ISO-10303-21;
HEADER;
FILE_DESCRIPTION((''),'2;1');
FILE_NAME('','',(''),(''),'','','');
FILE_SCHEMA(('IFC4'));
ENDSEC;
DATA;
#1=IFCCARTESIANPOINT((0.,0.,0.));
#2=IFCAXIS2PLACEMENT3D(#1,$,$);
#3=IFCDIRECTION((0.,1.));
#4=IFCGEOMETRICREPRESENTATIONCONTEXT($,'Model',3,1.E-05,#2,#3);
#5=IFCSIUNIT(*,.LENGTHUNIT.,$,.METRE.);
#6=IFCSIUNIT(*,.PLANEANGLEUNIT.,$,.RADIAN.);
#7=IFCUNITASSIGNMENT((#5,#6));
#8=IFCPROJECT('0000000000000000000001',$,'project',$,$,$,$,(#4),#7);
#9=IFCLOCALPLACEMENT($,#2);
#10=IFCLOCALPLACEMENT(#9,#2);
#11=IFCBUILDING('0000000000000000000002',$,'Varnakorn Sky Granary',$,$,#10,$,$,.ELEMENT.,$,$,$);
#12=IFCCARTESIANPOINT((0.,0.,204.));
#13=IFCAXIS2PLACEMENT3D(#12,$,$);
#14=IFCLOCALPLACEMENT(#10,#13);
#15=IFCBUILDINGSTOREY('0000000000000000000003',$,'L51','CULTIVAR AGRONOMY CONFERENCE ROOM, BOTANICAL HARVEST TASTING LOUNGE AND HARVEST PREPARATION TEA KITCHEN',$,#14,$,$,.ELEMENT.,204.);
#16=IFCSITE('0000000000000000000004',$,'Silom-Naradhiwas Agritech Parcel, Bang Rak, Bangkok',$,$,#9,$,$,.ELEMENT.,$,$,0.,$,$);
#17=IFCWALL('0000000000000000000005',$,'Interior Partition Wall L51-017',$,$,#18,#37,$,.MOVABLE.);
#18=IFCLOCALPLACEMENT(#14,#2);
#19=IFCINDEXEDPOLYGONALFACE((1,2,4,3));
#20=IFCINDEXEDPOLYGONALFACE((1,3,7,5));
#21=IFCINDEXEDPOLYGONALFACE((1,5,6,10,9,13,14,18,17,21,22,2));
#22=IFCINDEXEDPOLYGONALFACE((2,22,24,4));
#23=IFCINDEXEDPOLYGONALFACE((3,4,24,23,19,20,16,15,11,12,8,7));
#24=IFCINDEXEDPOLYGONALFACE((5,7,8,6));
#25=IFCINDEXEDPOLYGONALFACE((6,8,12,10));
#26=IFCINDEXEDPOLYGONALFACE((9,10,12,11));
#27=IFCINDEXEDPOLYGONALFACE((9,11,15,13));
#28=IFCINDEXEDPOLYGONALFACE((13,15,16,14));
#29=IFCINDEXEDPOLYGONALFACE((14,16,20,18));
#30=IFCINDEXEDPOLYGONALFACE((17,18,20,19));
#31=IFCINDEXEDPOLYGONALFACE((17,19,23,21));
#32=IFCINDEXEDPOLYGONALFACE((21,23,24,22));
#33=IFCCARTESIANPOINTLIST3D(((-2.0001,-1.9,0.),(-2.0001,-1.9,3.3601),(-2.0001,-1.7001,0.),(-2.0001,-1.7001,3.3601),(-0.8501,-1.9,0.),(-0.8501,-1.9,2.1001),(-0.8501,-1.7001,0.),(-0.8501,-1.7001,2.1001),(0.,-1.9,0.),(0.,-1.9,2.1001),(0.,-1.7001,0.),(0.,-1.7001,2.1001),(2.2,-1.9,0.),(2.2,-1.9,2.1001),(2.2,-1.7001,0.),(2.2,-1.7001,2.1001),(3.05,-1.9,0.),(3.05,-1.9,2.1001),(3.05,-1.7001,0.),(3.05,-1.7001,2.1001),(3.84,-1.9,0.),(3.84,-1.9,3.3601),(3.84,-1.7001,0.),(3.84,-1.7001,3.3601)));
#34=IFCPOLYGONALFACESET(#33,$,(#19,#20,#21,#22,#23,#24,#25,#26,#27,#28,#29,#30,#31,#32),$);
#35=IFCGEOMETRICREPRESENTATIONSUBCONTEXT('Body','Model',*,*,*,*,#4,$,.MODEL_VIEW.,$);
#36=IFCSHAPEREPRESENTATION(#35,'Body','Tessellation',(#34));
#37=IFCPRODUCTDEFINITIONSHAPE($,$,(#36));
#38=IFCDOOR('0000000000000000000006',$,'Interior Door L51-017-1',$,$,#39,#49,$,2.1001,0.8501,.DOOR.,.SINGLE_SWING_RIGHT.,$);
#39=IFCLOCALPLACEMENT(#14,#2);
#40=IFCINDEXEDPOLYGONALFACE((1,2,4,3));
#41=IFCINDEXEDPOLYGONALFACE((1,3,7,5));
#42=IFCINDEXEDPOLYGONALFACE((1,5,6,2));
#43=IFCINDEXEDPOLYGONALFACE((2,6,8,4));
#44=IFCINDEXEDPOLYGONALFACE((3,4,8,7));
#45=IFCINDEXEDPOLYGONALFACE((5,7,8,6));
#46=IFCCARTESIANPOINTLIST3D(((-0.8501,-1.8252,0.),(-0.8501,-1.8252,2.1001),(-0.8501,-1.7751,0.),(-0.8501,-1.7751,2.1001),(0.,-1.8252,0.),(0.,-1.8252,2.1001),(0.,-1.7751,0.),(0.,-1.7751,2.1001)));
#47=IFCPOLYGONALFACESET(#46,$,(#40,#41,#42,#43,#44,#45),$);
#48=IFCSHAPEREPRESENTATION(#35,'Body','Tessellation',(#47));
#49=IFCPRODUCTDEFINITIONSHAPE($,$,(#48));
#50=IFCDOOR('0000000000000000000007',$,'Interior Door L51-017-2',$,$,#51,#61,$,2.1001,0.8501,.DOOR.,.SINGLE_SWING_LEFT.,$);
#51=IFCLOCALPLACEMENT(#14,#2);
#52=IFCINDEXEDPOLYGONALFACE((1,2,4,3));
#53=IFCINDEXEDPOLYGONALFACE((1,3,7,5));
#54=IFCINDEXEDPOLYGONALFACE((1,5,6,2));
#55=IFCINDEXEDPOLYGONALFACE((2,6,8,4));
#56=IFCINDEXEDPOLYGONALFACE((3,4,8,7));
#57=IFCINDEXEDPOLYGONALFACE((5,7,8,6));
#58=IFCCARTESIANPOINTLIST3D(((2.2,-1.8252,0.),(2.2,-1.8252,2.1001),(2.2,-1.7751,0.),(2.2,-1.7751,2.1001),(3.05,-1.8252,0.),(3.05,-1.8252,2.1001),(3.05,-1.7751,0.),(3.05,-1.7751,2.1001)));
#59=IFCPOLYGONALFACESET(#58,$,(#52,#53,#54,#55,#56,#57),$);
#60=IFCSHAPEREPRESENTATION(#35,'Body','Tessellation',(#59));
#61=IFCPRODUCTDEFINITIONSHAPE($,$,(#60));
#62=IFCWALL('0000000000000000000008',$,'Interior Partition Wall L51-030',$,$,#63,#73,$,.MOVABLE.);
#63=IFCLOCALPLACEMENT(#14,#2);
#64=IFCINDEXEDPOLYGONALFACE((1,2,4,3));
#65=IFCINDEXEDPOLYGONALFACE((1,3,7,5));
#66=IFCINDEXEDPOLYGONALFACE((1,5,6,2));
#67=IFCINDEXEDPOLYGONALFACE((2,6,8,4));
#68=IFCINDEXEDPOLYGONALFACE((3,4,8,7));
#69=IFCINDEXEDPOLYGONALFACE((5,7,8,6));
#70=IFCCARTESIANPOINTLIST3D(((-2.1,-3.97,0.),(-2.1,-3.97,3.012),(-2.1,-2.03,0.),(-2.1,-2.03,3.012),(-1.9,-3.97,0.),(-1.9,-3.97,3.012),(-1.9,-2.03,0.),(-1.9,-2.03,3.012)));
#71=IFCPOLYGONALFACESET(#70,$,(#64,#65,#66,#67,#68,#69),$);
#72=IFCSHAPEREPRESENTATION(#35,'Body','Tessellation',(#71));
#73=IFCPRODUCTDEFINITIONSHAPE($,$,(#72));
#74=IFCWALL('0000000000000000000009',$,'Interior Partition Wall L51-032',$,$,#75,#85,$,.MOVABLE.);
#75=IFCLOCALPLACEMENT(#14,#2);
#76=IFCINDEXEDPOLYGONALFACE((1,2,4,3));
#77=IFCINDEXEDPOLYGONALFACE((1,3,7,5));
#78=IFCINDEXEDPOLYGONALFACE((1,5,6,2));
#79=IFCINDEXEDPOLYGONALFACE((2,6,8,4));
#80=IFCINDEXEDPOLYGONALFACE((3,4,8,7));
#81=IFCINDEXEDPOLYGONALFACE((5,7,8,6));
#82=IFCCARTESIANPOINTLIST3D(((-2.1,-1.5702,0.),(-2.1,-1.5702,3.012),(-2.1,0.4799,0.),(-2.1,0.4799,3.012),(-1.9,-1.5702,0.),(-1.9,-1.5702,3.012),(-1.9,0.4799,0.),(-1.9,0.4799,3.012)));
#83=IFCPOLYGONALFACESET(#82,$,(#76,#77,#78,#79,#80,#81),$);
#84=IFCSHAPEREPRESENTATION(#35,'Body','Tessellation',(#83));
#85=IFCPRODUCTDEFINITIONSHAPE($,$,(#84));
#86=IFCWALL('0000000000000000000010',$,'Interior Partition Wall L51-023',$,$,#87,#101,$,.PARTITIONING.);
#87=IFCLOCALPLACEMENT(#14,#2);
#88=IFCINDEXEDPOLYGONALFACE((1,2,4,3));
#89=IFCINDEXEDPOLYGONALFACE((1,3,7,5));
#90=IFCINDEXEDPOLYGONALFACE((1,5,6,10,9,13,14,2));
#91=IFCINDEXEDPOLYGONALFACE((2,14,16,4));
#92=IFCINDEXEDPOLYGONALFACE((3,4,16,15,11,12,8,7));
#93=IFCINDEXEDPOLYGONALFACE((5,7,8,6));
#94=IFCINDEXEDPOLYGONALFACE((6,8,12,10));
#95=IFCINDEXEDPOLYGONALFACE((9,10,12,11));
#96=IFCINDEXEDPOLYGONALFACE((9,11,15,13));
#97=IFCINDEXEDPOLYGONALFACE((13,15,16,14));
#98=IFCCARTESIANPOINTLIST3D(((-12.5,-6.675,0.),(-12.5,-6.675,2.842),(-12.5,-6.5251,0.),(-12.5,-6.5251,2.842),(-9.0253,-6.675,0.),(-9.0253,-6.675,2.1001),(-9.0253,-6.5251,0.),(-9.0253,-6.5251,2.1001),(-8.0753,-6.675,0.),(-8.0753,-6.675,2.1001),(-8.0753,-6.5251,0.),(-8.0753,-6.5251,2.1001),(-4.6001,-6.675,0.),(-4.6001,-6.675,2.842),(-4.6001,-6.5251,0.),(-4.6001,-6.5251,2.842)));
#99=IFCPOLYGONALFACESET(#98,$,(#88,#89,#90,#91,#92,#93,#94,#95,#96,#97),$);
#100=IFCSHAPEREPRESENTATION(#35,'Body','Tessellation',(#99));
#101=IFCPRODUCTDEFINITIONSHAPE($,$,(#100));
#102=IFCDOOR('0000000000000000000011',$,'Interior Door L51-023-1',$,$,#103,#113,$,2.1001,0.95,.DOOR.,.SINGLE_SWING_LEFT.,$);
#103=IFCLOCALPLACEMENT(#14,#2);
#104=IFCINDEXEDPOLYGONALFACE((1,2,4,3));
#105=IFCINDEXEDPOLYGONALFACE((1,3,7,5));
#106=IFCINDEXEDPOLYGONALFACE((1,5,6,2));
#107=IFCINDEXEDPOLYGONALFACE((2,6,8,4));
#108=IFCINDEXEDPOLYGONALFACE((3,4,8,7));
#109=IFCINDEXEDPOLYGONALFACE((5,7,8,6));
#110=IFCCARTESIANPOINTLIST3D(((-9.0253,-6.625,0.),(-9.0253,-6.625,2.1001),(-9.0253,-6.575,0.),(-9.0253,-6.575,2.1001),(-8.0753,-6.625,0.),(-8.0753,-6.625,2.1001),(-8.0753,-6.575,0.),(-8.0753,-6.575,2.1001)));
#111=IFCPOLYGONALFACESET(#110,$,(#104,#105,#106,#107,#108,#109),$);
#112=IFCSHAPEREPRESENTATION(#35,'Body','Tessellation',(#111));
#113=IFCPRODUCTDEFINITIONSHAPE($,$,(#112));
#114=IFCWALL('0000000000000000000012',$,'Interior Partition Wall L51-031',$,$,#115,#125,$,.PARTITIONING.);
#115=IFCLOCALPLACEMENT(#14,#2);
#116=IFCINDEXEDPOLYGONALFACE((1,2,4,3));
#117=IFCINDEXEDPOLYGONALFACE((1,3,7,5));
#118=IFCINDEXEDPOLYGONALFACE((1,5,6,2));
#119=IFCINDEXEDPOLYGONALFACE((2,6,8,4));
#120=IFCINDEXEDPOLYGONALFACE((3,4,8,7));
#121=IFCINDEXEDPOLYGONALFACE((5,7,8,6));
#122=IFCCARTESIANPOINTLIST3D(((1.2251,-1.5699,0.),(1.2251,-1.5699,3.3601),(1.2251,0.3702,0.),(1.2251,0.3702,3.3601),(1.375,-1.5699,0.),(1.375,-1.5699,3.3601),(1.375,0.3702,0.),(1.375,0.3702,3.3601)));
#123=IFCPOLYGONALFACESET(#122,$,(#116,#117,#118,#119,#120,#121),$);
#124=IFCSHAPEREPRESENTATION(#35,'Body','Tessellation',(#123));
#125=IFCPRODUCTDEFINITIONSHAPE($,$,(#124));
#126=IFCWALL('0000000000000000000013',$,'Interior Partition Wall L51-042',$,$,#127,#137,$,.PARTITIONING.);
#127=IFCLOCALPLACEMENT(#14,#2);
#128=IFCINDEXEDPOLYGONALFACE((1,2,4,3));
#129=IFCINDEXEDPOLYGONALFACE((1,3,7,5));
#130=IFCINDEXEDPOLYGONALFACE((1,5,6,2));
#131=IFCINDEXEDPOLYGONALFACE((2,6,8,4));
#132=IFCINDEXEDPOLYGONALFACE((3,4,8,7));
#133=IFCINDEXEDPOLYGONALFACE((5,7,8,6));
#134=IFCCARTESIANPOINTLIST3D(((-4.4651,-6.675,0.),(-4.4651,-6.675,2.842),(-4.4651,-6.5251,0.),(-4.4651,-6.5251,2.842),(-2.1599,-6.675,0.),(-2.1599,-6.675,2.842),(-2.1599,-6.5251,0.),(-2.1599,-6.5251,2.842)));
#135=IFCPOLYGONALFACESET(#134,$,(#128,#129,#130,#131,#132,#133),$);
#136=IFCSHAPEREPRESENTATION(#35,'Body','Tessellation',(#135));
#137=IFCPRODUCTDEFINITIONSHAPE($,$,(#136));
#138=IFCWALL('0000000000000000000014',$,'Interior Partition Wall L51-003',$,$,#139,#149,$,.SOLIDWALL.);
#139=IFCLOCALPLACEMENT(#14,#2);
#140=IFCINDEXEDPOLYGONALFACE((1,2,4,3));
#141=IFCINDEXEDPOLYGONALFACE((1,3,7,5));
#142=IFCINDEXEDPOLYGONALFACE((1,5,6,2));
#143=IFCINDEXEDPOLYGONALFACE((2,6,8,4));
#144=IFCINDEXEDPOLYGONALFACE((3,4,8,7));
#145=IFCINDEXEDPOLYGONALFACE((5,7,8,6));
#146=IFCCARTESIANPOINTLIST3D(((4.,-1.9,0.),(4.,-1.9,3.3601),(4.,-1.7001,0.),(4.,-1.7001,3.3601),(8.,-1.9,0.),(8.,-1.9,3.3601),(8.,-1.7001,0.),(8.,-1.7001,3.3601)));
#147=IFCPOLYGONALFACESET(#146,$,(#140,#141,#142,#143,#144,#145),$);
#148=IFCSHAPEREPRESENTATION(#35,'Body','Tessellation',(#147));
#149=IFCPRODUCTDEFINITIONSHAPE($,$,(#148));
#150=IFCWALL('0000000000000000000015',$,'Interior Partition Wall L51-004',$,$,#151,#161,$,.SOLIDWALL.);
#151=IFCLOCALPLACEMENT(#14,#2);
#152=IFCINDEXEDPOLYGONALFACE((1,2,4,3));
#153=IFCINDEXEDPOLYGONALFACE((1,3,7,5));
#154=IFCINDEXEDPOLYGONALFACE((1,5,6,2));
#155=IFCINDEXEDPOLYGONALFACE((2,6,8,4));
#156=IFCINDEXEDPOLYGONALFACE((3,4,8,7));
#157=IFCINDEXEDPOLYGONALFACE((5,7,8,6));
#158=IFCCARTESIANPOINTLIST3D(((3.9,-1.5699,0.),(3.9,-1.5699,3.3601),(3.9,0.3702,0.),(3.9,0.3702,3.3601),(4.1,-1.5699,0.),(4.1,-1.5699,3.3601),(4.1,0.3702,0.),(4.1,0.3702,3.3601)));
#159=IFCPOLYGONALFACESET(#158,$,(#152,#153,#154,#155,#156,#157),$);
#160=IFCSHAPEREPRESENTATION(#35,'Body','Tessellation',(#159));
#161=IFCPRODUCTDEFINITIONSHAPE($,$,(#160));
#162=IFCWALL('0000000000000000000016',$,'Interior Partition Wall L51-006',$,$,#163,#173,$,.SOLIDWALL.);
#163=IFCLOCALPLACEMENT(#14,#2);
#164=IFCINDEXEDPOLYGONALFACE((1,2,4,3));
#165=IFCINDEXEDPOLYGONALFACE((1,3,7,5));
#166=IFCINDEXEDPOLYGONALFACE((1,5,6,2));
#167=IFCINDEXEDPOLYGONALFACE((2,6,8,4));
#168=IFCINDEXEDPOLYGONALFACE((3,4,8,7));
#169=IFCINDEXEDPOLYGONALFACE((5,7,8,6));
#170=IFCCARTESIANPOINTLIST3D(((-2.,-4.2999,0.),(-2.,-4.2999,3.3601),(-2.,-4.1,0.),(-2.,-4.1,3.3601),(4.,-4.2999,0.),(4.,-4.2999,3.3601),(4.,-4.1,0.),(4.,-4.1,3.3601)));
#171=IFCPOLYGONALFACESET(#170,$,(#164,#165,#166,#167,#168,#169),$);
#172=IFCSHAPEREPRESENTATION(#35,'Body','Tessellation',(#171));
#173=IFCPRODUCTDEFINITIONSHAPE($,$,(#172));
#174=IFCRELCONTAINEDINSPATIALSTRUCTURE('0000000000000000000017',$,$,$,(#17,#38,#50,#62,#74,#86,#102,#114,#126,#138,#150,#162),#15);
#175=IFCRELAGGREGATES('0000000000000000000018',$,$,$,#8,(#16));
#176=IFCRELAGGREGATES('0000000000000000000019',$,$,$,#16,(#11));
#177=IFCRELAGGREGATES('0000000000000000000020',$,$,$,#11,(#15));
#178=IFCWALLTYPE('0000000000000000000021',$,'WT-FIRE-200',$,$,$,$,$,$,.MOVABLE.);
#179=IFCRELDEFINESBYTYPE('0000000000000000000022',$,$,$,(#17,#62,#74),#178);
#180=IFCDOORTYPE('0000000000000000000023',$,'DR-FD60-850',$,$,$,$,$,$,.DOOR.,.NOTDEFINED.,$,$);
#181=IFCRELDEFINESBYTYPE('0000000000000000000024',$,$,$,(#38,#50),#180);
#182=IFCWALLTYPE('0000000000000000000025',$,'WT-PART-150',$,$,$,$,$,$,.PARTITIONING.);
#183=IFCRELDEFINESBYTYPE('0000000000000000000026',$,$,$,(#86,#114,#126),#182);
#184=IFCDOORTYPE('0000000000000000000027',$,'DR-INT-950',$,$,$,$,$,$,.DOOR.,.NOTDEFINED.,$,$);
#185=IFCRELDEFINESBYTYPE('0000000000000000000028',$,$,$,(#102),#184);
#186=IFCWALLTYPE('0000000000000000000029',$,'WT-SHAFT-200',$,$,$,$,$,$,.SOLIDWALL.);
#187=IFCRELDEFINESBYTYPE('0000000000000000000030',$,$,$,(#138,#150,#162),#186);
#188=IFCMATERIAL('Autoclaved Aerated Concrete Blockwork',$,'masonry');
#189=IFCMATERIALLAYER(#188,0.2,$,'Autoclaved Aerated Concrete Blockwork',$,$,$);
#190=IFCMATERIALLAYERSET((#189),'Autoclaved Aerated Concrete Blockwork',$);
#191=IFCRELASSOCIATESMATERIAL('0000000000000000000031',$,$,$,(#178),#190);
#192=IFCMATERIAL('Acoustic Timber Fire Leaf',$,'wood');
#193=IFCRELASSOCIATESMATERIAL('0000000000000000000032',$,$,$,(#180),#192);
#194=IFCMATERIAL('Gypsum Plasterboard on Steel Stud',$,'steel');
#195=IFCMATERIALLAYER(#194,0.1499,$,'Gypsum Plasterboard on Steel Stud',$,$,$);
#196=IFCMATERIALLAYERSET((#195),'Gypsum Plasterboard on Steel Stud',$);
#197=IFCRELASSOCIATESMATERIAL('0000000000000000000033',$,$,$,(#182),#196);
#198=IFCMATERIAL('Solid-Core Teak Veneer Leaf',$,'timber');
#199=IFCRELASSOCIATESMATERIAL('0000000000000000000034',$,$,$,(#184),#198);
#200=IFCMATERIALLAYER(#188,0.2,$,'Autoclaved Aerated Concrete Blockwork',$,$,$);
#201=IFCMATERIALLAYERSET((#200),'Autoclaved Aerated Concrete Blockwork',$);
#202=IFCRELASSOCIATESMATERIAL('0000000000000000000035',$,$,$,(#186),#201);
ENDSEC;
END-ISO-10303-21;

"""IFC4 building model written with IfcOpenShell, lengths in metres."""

from ifc_helpers import new_model, si_unit, direction, frame, frame_2d, origin, place, context, subcontext, project, spatial, rectangle, extrude, material, layer, layer_set, type_object, element, fill, save


model = new_model("IFC4")

# Units and contexts
model_context = context("Model", 3, precision=1e-05, world=origin(), true_north=direction((0.0, 1.0)))
body_context = subcontext(model_context, "Body", "Model", "MODEL_VIEW")
ifc_project = project(units=[si_unit("LENGTHUNIT", "METRE"), si_unit("PLANEANGLEUNIT", "RADIAN")], contexts=[model_context])

# Site, building, storey
site_placement = place(None, origin())
site = spatial("IfcSite", under=ifc_project, at=site_placement, Name="Silom-Naradhiwas Agritech Parcel, Bang Rak, Bangkok", CompositionType="ELEMENT", RefElevation=0.0)
building_placement = place(site_placement, origin())
building = spatial("IfcBuilding", under=site, at=building_placement, Name="Varnakorn Sky Granary", CompositionType="ELEMENT")
storey_placement = place(building_placement, frame((0.0, 0.0, 204.0)))
storey = spatial("IfcBuildingStorey", under=building, at=storey_placement, Name="L51", Description="CULTIVAR AGRONOMY CONFERENCE ROOM, BOTANICAL HARVEST TASTING LOUNGE AND HARVEST PREPARATION TEA KITCHEN", CompositionType="ELEMENT", Elevation=204.0)

# Wall, openings, doors
ifc_material_1 = material(Name="Autoclaved Aerated Concrete Blockwork", Category="masonry")
ifc_layer_1 = layer(ifc_material_1, 0.2, Name="Autoclaved Aerated Concrete Blockwork")
ifc_layer_set_1 = layer_set([ifc_layer_1], Name="Autoclaved Aerated Concrete Blockwork")
wall_type_1 = type_object("IfcWallType", Name="WT-FIRE-200", PredefinedType="MOVABLE", material=ifc_layer_set_1)
wall_1_placement = place(storey_placement, frame((-2.0, -1.8, 0.0), z_axis=(0.0, 0.0, 1.0), x_axis=(1.0, 0.0, 0.0)))
wall_1 = element("IfcWall", 1, at=wall_1_placement, inside=storey, type_object=wall_type_1, Name="Interior Partition Wall L51-017", PredefinedType="MOVABLE", context=body_context, shape_type="SweptSolid", body=[
    extrude(rectangle(XDim=5.8401, YDim=0.2, at=frame_2d((2.9199, 0.0))), origin(), (0.0, 0.0, 1.0), 3.3601),
])
opening_1_placement = place(wall_1_placement, frame((1.1499, 0.0, 0.0)))
opening_1 = element("IfcOpeningElement", 2, at=opening_1_placement, cuts=wall_1, PredefinedType="OPENING", context=body_context, shape_type="SweptSolid", body=[
    extrude(rectangle(XDim=0.8501, YDim=2.1001, at=frame_2d((0.425, 1.05))), frame((0.0, 0.1099, 0.0), z_axis=(0.0, -1.0, 0.0), x_axis=(1.0, 0.0, 0.0)), (0.0, 0.0, 1.0), 0.22),
])
opening_2_placement = place(wall_1_placement, frame((4.2, 0.0, 0.0)))
opening_2 = element("IfcOpeningElement", 3, at=opening_2_placement, cuts=wall_1, PredefinedType="OPENING", context=body_context, shape_type="SweptSolid", body=[
    extrude(rectangle(XDim=0.8501, YDim=2.1001, at=frame_2d((0.425, 1.05))), frame((0.0, 0.1099, 0.0), z_axis=(0.0, -1.0, 0.0), x_axis=(1.0, 0.0, 0.0)), (0.0, 0.0, 1.0), 0.22),
])
ifc_material_2 = material(Name="Acoustic Timber Fire Leaf", Category="wood")
door_type_1 = type_object("IfcDoorType", Name="DR-FD60-850", OperationType="NOTDEFINED", PredefinedType="DOOR", material=ifc_material_2)
door_1_placement = place(opening_1_placement, origin())
door_1 = element("IfcDoor", 4, at=door_1_placement, inside=storey, type_object=door_type_1, Name="Interior Door L51-017-1", OperationType="SINGLE_SWING_RIGHT", OverallHeight=2.1001, OverallWidth=0.8501, PredefinedType="DOOR", context=body_context, shape_type="SweptSolid", body=[
    extrude(rectangle(XDim=0.8501, YDim=2.1001, at=frame_2d((0.425, 1.05))), frame((0.0, 0.0249, 0.0), z_axis=(0.0, -1.0, 0.0), x_axis=(1.0, 0.0, 0.0)), (0.0, 0.0, 1.0), 0.05),
])
fill(opening_1, door_1)
door_2_placement = place(opening_2_placement, origin())
door_2 = element("IfcDoor", 5, at=door_2_placement, inside=storey, type_object=door_type_1, Name="Interior Door L51-017-2", OperationType="SINGLE_SWING_LEFT", OverallHeight=2.1001, OverallWidth=0.8501, PredefinedType="DOOR", context=body_context, shape_type="SweptSolid", body=[
    extrude(rectangle(XDim=0.8501, YDim=2.1001, at=frame_2d((0.425, 1.05))), frame((0.0, 0.0249, 0.0), z_axis=(0.0, -1.0, 0.0), x_axis=(1.0, 0.0, 0.0)), (0.0, 0.0, 1.0), 0.05),
])
fill(opening_2, door_2)

# Walls
wall_2_placement = place(storey_placement, frame((-2.0, -3.97, 0.0), z_axis=(0.0, 0.0, 1.0), x_axis=(0.0, 1.0, 0.0)))
element("IfcWall", 6, at=wall_2_placement, inside=storey, type_object=wall_type_1, Name="Interior Partition Wall L51-030", PredefinedType="MOVABLE", context=body_context, shape_type="SweptSolid", body=[
    extrude(rectangle(XDim=1.9399, YDim=0.2, at=frame_2d((0.97, 0.0))), origin(), (0.0, 0.0, 1.0), 3.012),
])
wall_3_placement = place(storey_placement, frame((-2.0, -1.5701, 0.0), z_axis=(0.0, 0.0, 1.0), x_axis=(0.0, 1.0, 0.0)))
element("IfcWall", 7, at=wall_3_placement, inside=storey, type_object=wall_type_1, Name="Interior Partition Wall L51-032", PredefinedType="MOVABLE", context=body_context, shape_type="SweptSolid", body=[
    extrude(rectangle(XDim=2.05, YDim=0.2, at=frame_2d((1.0249, 0.0))), origin(), (0.0, 0.0, 1.0), 3.012),
])

# Wall, opening, door
ifc_material_3 = material(Name="Gypsum Plasterboard on Steel Stud", Category="steel")
ifc_layer_2 = layer(ifc_material_3, 0.1499, Name="Gypsum Plasterboard on Steel Stud")
ifc_layer_set_2 = layer_set([ifc_layer_2], Name="Gypsum Plasterboard on Steel Stud")
wall_type_2 = type_object("IfcWallType", Name="WT-PART-150", PredefinedType="PARTITIONING", material=ifc_layer_set_2)
wall_4_placement = place(storey_placement, frame((-4.6001, -6.6001, 0.0), z_axis=(0.0, 0.0, 1.0), x_axis=(-1.0, 0.0, 0.0)))
wall_4 = element("IfcWall", 8, at=wall_4_placement, inside=storey, type_object=wall_type_2, Name="Interior Partition Wall L51-023", PredefinedType="PARTITIONING", context=body_context, shape_type="SweptSolid", body=[
    extrude(rectangle(XDim=7.8999, YDim=0.1499, at=frame_2d((3.95, 0.0))), origin(), (0.0, 0.0, 1.0), 2.842),
])
opening_3_placement = place(wall_4_placement, frame((3.4751, 0.0, 0.0)))
opening_3 = element("IfcOpeningElement", 9, at=opening_3_placement, cuts=wall_4, PredefinedType="OPENING", context=body_context, shape_type="SweptSolid", body=[
    extrude(rectangle(XDim=0.95, YDim=2.1001, at=frame_2d((0.4751, 1.05))), frame((0.0, 0.085, 0.0), z_axis=(0.0, -1.0, 0.0), x_axis=(1.0, 0.0, 0.0)), (0.0, 0.0, 1.0), 0.1699),
])
ifc_material_4 = material(Name="Solid-Core Teak Veneer Leaf", Category="timber")
door_type_2 = type_object("IfcDoorType", Name="DR-INT-950", OperationType="NOTDEFINED", PredefinedType="DOOR", material=ifc_material_4)
door_3_placement = place(opening_3_placement, origin())
door_3 = element("IfcDoor", 10, at=door_3_placement, inside=storey, type_object=door_type_2, Name="Interior Door L51-023-1", OperationType="SINGLE_SWING_LEFT", OverallHeight=2.1001, OverallWidth=0.95, PredefinedType="DOOR", context=body_context, shape_type="SweptSolid", body=[
    extrude(rectangle(XDim=0.95, YDim=2.1001, at=frame_2d((0.4751, 1.05))), frame((0.0, 0.0249, 0.0), z_axis=(0.0, -1.0, 0.0), x_axis=(1.0, 0.0, 0.0)), (0.0, 0.0, 1.0), 0.05),
])
fill(opening_3, door_3)

# Walls
wall_5_placement = place(storey_placement, frame((1.3, -1.5701, 0.0), z_axis=(0.0, 0.0, 1.0), x_axis=(0.0, 1.0, 0.0)))
element("IfcWall", 11, at=wall_5_placement, inside=storey, type_object=wall_type_2, Name="Interior Partition Wall L51-031", PredefinedType="PARTITIONING", context=body_context, shape_type="SweptSolid", body=[
    extrude(rectangle(XDim=1.9402, YDim=0.1499, at=frame_2d((0.9702, 0.0))), origin(), (0.0, 0.0, 1.0), 3.3601),
])
wall_6_placement = place(storey_placement, frame((-2.1599, -6.6001, 0.0), z_axis=(0.0, 0.0, 1.0), x_axis=(-1.0, 0.0, 0.0)))
element("IfcWall", 12, at=wall_6_placement, inside=storey, type_object=wall_type_2, Name="Interior Partition Wall L51-042", PredefinedType="PARTITIONING", context=body_context, shape_type="SweptSolid", body=[
    extrude(rectangle(XDim=2.3052, YDim=0.1499, at=frame_2d((1.1526, 0.0))), origin(), (0.0, 0.0, 1.0), 2.842),
])
ifc_layer_3 = layer(ifc_material_1, 0.2, Name="Autoclaved Aerated Concrete Blockwork")
ifc_layer_set_3 = layer_set([ifc_layer_3], Name="Autoclaved Aerated Concrete Blockwork")
wall_type_3 = type_object("IfcWallType", Name="WT-SHAFT-200", PredefinedType="SOLIDWALL", material=ifc_layer_set_3)
wall_7_placement = place(storey_placement, frame((4.0, -1.8, 0.0), z_axis=(0.0, 0.0, 1.0), x_axis=(1.0, 0.0, 0.0)))
element("IfcWall", 13, at=wall_7_placement, inside=storey, type_object=wall_type_3, Name="Interior Partition Wall L51-003", PredefinedType="SOLIDWALL", context=body_context, shape_type="SweptSolid", body=[
    extrude(rectangle(XDim=4.0, YDim=0.2, at=frame_2d((2.0, 0.0))), origin(), (0.0, 0.0, 1.0), 3.3601),
])
wall_8_placement = place(storey_placement, frame((4.0, -1.5701, 0.0), z_axis=(0.0, 0.0, 1.0), x_axis=(0.0, 1.0, 0.0)))
element("IfcWall", 14, at=wall_8_placement, inside=storey, type_object=wall_type_3, Name="Interior Partition Wall L51-004", PredefinedType="SOLIDWALL", context=body_context, shape_type="SweptSolid", body=[
    extrude(rectangle(XDim=1.9402, YDim=0.2, at=frame_2d((0.9702, 0.0))), origin(), (0.0, 0.0, 1.0), 3.3601),
])
wall_9_placement = place(storey_placement, frame((-2.0, -4.2, 0.0), z_axis=(0.0, 0.0, 1.0), x_axis=(1.0, 0.0, 0.0)))
element("IfcWall", 15, at=wall_9_placement, inside=storey, type_object=wall_type_3, Name="Interior Partition Wall L51-006", PredefinedType="SOLIDWALL", context=body_context, shape_type="SweptSolid", body=[
    extrude(rectangle(XDim=6.0, YDim=0.2, at=frame_2d((3.0, 0.0))), origin(), (0.0, 0.0, 1.0), 3.3601),
])

save(model, "model.ifc")
